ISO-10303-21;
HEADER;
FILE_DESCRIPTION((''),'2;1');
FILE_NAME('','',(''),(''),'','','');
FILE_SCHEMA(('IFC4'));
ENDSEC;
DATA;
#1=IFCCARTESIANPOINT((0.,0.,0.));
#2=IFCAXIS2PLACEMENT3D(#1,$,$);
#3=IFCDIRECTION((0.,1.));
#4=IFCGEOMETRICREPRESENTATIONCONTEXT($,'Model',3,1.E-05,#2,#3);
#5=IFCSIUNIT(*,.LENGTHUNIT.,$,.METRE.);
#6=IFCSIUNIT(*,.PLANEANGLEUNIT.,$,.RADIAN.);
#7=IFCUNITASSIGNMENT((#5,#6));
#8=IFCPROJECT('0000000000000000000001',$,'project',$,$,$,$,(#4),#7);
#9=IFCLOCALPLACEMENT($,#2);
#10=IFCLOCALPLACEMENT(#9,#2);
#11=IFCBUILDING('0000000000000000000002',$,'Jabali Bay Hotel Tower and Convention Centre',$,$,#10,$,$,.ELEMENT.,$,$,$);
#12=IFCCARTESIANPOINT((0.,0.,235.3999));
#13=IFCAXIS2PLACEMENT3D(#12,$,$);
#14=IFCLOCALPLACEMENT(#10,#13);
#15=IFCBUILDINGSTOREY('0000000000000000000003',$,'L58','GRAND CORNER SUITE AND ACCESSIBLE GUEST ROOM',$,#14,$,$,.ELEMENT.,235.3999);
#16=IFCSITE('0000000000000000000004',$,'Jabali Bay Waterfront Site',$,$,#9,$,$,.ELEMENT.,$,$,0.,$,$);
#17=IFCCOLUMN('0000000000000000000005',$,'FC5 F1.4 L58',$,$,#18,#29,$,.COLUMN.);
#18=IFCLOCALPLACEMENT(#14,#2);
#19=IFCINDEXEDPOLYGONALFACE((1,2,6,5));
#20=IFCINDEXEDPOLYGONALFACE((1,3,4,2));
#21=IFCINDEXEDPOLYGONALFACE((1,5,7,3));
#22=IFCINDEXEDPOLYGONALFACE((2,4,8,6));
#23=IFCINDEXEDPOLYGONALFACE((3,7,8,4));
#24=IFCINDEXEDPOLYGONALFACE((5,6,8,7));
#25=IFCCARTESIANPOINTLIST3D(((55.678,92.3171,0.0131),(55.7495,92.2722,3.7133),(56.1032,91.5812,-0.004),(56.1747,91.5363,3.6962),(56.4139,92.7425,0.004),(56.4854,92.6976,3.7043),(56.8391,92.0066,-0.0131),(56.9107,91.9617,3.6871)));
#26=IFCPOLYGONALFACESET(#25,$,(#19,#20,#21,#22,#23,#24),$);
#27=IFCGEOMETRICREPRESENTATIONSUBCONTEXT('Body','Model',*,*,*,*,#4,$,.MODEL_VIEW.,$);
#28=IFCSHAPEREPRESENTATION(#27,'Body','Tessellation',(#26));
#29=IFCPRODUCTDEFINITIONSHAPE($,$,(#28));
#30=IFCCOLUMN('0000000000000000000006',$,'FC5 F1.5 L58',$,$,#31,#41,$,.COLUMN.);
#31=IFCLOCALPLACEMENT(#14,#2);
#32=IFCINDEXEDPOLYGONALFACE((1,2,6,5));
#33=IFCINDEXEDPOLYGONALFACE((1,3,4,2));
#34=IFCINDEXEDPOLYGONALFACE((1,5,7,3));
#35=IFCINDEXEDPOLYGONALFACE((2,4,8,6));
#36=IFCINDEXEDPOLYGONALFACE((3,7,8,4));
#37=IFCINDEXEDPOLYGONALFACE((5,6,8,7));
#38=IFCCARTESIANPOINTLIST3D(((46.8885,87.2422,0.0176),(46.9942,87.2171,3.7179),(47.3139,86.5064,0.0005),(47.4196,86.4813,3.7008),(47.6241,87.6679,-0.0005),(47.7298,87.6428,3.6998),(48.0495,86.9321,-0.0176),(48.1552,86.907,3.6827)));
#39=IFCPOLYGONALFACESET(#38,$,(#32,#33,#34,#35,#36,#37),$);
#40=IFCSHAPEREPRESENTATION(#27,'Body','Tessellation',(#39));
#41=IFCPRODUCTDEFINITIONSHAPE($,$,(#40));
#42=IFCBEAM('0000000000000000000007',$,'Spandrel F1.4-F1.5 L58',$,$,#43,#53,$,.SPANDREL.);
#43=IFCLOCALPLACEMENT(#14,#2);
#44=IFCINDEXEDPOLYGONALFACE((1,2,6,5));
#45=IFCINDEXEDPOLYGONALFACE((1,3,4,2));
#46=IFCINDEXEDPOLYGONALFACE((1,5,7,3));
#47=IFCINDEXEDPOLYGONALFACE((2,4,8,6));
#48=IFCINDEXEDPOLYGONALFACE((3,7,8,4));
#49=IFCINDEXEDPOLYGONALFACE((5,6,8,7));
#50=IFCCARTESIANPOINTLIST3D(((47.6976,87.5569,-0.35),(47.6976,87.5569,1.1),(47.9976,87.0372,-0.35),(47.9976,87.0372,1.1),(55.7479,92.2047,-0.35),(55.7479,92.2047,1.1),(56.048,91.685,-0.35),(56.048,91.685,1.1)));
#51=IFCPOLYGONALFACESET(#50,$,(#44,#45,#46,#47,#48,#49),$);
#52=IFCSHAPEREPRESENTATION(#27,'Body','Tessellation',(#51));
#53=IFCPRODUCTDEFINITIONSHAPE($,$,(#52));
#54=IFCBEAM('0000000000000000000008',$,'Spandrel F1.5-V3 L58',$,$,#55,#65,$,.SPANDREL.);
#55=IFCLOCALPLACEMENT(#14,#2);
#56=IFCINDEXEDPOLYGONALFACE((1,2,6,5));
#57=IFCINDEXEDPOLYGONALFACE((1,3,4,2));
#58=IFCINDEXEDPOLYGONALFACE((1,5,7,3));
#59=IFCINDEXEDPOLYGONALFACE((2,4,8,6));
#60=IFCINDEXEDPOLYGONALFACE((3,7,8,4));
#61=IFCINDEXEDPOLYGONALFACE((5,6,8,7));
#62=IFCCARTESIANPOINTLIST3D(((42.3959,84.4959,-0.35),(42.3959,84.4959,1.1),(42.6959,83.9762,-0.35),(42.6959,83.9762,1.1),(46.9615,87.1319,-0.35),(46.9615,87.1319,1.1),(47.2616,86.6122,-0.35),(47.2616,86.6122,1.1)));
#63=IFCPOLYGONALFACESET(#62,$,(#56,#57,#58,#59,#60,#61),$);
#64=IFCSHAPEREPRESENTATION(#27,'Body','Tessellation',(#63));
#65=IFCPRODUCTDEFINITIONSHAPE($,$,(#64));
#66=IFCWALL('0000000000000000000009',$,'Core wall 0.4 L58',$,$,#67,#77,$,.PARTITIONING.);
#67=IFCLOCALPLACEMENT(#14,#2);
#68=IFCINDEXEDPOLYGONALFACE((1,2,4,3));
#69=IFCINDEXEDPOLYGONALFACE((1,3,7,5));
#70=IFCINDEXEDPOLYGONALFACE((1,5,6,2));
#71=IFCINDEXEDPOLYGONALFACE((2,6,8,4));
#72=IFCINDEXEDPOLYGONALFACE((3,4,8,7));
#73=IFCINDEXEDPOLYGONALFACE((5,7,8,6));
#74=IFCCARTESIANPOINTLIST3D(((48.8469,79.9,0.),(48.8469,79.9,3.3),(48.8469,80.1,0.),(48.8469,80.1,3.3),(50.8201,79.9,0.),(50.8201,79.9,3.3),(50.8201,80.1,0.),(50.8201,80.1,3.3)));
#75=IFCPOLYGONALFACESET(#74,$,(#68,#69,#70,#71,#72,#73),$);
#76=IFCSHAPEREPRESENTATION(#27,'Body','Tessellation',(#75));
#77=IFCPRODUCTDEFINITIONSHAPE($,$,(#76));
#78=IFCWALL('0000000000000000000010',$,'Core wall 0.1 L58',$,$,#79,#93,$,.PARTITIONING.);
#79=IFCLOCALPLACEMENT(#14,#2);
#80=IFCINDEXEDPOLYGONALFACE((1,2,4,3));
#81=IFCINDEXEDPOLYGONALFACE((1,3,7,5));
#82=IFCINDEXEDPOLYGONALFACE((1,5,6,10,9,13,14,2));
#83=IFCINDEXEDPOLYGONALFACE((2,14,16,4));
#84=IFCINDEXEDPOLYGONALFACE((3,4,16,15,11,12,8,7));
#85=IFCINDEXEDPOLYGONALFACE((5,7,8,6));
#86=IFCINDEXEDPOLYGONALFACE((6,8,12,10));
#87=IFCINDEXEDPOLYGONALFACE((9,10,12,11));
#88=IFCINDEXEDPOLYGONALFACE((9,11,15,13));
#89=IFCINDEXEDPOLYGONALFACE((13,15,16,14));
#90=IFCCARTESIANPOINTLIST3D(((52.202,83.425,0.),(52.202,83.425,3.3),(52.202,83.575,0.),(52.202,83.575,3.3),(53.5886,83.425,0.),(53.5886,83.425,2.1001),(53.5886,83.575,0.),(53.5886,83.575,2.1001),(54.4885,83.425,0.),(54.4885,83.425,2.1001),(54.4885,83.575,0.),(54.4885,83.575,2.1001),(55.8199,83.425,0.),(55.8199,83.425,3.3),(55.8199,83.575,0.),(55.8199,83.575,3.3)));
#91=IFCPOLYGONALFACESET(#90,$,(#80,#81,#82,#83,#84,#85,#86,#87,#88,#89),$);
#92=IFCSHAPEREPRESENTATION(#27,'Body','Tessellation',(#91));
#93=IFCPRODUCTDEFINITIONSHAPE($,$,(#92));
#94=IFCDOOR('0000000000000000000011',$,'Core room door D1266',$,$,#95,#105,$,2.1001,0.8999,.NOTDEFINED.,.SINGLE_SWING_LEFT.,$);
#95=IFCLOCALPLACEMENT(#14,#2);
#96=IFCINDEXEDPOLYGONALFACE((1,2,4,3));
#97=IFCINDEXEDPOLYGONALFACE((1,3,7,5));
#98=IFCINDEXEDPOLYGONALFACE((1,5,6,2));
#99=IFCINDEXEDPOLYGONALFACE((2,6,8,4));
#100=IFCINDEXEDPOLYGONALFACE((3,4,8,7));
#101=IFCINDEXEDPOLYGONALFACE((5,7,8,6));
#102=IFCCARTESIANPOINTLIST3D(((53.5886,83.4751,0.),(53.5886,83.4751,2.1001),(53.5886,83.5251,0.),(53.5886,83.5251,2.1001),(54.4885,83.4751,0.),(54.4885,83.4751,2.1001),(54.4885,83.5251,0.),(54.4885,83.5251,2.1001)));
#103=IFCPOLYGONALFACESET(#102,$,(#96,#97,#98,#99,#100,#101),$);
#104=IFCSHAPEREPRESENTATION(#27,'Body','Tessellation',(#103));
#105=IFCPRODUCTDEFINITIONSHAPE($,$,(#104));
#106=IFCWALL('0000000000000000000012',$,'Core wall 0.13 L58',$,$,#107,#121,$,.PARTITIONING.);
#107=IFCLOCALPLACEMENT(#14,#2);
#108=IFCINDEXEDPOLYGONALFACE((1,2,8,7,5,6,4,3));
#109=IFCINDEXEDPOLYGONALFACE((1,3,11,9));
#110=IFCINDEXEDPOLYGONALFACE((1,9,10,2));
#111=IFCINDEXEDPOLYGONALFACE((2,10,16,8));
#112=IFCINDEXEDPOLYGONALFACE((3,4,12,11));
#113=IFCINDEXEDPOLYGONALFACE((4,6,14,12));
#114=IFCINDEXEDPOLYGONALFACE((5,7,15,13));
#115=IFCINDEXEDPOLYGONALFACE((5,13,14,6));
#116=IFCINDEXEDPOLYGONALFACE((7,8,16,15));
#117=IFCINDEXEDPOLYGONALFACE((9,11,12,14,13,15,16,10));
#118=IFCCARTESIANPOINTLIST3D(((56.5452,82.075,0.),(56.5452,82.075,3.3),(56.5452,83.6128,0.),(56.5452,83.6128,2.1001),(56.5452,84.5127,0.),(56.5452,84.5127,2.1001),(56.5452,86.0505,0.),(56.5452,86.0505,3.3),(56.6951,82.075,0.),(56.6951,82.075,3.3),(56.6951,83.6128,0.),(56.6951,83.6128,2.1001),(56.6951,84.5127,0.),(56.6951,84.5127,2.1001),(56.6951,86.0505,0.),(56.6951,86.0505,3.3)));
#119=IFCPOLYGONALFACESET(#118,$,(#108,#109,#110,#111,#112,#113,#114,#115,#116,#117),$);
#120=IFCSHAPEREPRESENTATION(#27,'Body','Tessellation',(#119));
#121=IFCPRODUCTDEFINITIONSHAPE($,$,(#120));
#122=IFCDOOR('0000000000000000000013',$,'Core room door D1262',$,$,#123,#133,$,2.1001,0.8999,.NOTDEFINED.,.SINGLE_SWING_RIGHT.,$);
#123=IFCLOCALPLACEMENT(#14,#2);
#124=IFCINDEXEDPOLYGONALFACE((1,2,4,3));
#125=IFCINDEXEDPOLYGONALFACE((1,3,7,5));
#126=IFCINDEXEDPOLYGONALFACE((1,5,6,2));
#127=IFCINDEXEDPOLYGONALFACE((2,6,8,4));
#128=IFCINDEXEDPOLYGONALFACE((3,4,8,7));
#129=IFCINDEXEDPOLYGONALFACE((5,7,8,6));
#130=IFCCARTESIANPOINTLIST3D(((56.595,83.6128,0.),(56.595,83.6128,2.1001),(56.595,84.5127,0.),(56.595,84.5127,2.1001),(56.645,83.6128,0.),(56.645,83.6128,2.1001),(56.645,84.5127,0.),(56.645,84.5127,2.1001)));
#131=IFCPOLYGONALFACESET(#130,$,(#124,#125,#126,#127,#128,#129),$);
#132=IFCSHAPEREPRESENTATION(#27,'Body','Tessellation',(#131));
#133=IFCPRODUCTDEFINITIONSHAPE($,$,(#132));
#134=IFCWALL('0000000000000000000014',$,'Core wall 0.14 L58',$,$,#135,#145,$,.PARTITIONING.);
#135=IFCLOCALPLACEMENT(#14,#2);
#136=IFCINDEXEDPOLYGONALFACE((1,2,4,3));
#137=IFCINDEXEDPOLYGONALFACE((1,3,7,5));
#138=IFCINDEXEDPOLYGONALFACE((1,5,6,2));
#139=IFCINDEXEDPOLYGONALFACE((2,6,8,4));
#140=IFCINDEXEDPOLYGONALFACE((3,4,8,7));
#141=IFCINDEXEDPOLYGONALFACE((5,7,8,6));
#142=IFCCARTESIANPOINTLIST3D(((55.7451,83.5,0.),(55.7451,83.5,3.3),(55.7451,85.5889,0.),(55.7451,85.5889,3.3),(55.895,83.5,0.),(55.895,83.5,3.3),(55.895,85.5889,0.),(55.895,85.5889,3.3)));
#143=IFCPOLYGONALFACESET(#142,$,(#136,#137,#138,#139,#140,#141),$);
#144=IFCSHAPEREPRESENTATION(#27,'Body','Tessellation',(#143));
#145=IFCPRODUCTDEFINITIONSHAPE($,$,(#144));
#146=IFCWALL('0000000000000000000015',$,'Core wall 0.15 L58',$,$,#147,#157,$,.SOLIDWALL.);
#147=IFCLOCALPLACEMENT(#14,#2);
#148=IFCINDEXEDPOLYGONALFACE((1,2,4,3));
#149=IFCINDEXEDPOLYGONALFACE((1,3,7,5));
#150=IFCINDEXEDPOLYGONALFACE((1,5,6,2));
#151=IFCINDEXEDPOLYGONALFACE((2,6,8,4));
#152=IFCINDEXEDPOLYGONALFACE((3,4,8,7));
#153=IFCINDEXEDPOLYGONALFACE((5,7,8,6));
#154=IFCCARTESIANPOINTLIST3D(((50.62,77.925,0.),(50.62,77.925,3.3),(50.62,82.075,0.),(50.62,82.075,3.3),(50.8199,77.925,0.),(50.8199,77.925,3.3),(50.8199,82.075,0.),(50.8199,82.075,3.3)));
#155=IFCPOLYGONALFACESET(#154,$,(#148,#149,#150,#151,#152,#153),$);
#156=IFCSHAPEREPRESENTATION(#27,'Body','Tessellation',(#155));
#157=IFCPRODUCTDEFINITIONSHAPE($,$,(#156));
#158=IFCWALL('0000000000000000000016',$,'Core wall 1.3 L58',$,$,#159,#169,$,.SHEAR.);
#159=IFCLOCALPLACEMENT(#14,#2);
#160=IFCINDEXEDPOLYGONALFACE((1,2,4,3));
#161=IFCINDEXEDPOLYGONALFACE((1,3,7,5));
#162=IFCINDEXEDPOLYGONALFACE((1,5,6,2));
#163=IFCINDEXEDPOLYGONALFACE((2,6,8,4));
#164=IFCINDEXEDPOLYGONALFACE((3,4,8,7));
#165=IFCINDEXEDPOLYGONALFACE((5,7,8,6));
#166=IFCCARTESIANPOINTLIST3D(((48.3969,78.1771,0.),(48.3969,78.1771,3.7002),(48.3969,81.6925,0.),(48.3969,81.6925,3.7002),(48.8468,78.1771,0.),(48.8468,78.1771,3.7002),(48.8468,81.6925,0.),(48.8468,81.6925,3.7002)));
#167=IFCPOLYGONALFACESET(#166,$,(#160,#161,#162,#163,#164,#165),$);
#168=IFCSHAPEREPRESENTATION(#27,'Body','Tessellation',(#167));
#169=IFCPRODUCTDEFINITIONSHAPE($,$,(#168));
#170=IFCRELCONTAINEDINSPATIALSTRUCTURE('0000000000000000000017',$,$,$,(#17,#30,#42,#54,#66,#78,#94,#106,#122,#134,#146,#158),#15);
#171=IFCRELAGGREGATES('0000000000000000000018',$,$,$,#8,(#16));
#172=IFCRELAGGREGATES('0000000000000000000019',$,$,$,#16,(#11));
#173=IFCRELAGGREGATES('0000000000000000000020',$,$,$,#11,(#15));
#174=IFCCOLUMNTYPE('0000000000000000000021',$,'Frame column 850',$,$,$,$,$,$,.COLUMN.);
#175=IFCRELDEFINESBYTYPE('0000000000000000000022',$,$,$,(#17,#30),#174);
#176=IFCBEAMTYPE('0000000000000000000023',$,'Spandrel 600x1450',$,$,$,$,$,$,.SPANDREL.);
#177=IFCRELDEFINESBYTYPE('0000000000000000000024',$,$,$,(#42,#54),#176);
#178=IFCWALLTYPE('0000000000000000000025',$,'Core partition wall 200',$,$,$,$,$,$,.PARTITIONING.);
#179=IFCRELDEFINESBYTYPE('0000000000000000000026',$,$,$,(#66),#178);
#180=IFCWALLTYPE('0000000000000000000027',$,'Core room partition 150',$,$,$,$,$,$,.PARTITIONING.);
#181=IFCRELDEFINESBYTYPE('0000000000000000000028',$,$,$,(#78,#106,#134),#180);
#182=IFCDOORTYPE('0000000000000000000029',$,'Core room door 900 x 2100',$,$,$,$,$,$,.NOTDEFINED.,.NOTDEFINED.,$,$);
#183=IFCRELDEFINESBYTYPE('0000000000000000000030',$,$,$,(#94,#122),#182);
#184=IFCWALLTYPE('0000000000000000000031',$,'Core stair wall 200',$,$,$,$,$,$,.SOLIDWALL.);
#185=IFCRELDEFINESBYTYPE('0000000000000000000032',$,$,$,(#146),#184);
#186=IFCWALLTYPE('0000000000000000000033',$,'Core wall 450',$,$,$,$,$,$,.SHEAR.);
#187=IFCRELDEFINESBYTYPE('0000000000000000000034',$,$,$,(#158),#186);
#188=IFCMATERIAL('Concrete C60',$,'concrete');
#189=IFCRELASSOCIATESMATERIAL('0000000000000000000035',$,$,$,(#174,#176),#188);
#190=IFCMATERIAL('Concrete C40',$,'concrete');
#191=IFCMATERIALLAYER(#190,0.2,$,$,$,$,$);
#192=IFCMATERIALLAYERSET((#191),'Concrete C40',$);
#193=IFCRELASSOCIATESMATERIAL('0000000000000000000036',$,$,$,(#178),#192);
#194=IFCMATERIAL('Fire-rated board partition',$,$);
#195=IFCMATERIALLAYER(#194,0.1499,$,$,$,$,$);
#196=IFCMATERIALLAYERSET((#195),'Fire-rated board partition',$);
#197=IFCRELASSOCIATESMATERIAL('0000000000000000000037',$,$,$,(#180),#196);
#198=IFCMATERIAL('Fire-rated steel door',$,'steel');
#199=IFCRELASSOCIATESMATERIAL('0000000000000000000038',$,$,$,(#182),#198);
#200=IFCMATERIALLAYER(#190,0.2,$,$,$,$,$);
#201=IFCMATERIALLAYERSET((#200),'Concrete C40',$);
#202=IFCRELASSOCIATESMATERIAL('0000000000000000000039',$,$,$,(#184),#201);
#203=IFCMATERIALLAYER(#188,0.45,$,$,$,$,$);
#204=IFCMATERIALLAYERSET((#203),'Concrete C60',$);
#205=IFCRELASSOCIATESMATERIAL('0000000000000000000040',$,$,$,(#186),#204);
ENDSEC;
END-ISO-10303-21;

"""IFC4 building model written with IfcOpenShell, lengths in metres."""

from ifc_helpers import new_model, si_unit, direction, frame, frame_2d, origin, origin_2d, place, context, subcontext, project, spatial, rectangle, extrude, material, layer, layer_set, material_profile, profile_set, type_object, element, fill, save


model = new_model("IFC4")

# Units and contexts
model_context = context("Model", 3, precision=1e-05, world=origin(), true_north=direction((0.0, 1.0)))
body_context = subcontext(model_context, "Body", "Model", "MODEL_VIEW")
ifc_project = project(units=[si_unit("LENGTHUNIT", "METRE"), si_unit("PLANEANGLEUNIT", "RADIAN")], contexts=[model_context])

# Site, building, storey
site_placement = place(None, origin())
site = spatial("IfcSite", under=ifc_project, at=site_placement, Name="Jabali Bay Waterfront Site", CompositionType="ELEMENT", RefElevation=0.0)
building_placement = place(site_placement, origin())
building = spatial("IfcBuilding", under=site, at=building_placement, Name="Jabali Bay Hotel Tower and Convention Centre", CompositionType="ELEMENT")
storey_placement = place(building_placement, frame((0.0, 0.0, 235.3999)))
storey = spatial("IfcBuildingStorey", under=building, at=storey_placement, Name="L58", Description="GRAND CORNER SUITE AND ACCESSIBLE GUEST ROOM", CompositionType="ELEMENT", Elevation=235.3999)

# Columns
ifc_material_1 = material(Name="Concrete C60", Category="concrete")
ifc_material_profile_1 = material_profile(ifc_material_1, rectangle(XDim=0.8501, YDim=0.8501, at=origin_2d()), Name="Frame column 850")
ifc_profile_set_1 = profile_set([ifc_material_profile_1], Name="Concrete C60")
column_type = type_object("IfcColumnType", Name="Frame column 850", PredefinedType="COLUMN", material=ifc_profile_set_1)
column_1_placement = place(storey_placement, frame((56.2585, 92.1619, 0.0), z_axis=(0.019327, -0.012137, 0.99974), x_axis=(-0.500214, 0.865666, 0.02018)))
element("IfcColumn", 1, at=column_1_placement, inside=storey, type_object=column_type, Name="FC5 F1.4 L58", PredefinedType="COLUMN", context=body_context, shape_type="SweptSolid", body=[
    extrude(rectangle(XDim=0.8501, YDim=0.8501, at=origin_2d()), origin(), (0.0, 0.0, 1.0), 3.7012),
])
column_2_placement = place(storey_placement, frame((47.469, 87.0872, 0.0), z_axis=(0.028557, -0.006793, 0.999569), x_axis=(-0.500408, 0.865555, 0.020179)))
element("IfcColumn", 2, at=column_2_placement, inside=storey, type_object=column_type, Name="FC5 F1.5 L58", PredefinedType="COLUMN", context=body_context, shape_type="SweptSolid", body=[
    extrude(rectangle(XDim=0.8501, YDim=0.8501, at=origin_2d()), origin(), (0.0, 0.0, 1.0), 3.7019),
])

# Beams
ifc_material_profile_2 = material_profile(ifc_material_1, rectangle(XDim=0.6001, YDim=1.45, at=origin_2d()), Name="Spandrel 600x1450")
ifc_profile_set_2 = profile_set([ifc_material_profile_2], Name="Concrete C60")
beam_type = type_object("IfcBeamType", Name="Spandrel 600x1450", PredefinedType="SPANDREL", material=ifc_profile_set_2)
beam_1_placement = place(storey_placement, frame((55.8979, 91.9448, 0.375), z_axis=(-0.866032, -0.499989, 0.0), x_axis=(0.499989, -0.866032, 0.0)))
element("IfcBeam", 3, at=beam_1_placement, inside=storey, type_object=beam_type, Name="Spandrel F1.4-F1.5 L58", PredefinedType="SPANDREL", context=body_context, shape_type="SweptSolid", body=[
    extrude(rectangle(XDim=0.6001, YDim=1.45, at=origin_2d()), origin(), (0.0, 0.0, 1.0), 9.2957),
])
beam_2_placement = place(storey_placement, frame((47.1116, 86.8721, 0.375), z_axis=(-0.866026, -0.499999, 0.0), x_axis=(0.499999, -0.866026, 0.0)))
element("IfcBeam", 4, at=beam_2_placement, inside=storey, type_object=beam_type, Name="Spandrel F1.5-V3 L58", PredefinedType="SPANDREL", context=body_context, shape_type="SweptSolid", body=[
    extrude(rectangle(XDim=0.6001, YDim=1.45, at=origin_2d()), origin(), (0.0, 0.0, 1.0), 5.272),
])

# Wall
ifc_material_2 = material(Name="Concrete C40", Category="concrete")
ifc_layer_1 = layer(ifc_material_2, 0.2)
ifc_layer_set_1 = layer_set([ifc_layer_1], Name="Concrete C40")
wall_type_1 = type_object("IfcWallType", Name="Core partition wall 200", PredefinedType="PARTITIONING", material=ifc_layer_set_1)
wall_1_placement = place(storey_placement, frame((50.8201, 80.0, 0.0), z_axis=(0.0, 0.0, 1.0), x_axis=(-1.0, 0.0, 0.0)))
element("IfcWall", 5, at=wall_1_placement, inside=storey, type_object=wall_type_1, Name="Core wall 0.4 L58", PredefinedType="PARTITIONING", context=body_context, shape_type="SweptSolid", body=[
    extrude(rectangle(XDim=1.9731, YDim=0.2, at=frame_2d((0.9866, 0.0))), origin(), (0.0, 0.0, 1.0), 3.3),
])

# Walls, openings, doors
ifc_material_3 = material(Name="Fire-rated board partition")
ifc_layer_2 = layer(ifc_material_3, 0.1499)
ifc_layer_set_2 = layer_set([ifc_layer_2], Name="Fire-rated board partition")
wall_type_2 = type_object("IfcWallType", Name="Core room partition 150", PredefinedType="PARTITIONING", material=ifc_layer_set_2)
wall_2_placement = place(storey_placement, frame((55.8201, 83.5, 0.0), z_axis=(0.0, 0.0, 1.0), x_axis=(-1.0, 0.0, 0.0)))
wall_2 = element("IfcWall", 6, at=wall_2_placement, inside=storey, type_object=wall_type_2, Name="Core wall 0.1 L58", PredefinedType="PARTITIONING", context=body_context, shape_type="SweptSolid", body=[
    extrude(rectangle(XDim=3.6179, YDim=0.1499, at=frame_2d((1.8091, 0.0))), origin(), (0.0, 0.0, 1.0), 3.3),
])
opening_1_placement = place(wall_2_placement, frame((1.3315, 0.0, 0.0)))
opening_1 = element("IfcOpeningElement", 7, at=opening_1_placement, cuts=wall_2, PredefinedType="OPENING", context=body_context, shape_type="SweptSolid", body=[
    extrude(rectangle(XDim=0.8999, YDim=2.1001, at=frame_2d((0.45, 1.05))), frame((0.0, 0.0854, 0.0), z_axis=(0.0, -1.0, 0.0), x_axis=(1.0, 0.0, 0.0)), (0.0, 0.0, 1.0), 0.1709),
])
ifc_material_4 = material(Name="Fire-rated steel door", Category="steel")
door_type = type_object("IfcDoorType", Name="Core room door 900 x 2100", OperationType="NOTDEFINED", PredefinedType="NOTDEFINED", material=ifc_material_4)
door_1_placement = place(opening_1_placement, origin())
door_1 = element("IfcDoor", 8, at=door_1_placement, inside=storey, type_object=door_type, Name="Core room door D1266", OperationType="SINGLE_SWING_LEFT", OverallHeight=2.1001, OverallWidth=0.8999, PredefinedType="NOTDEFINED", context=body_context, shape_type="SweptSolid", body=[
    extrude(rectangle(XDim=0.8999, YDim=2.1001, at=frame_2d((0.45, 1.05))), frame((0.0, 0.0249, 0.0), z_axis=(0.0, -1.0, 0.0), x_axis=(1.0, 0.0, 0.0)), (0.0, 0.0, 1.0), 0.05),
])
fill(opening_1, door_1)
wall_3_placement = place(storey_placement, frame((56.6201, 86.0505, 0.0), z_axis=(0.0, 0.0, 1.0), x_axis=(0.0, -1.0, 0.0)))
wall_3 = element("IfcWall", 9, at=wall_3_placement, inside=storey, type_object=wall_type_2, Name="Core wall 0.13 L58", PredefinedType="PARTITIONING", context=body_context, shape_type="SweptSolid", body=[
    extrude(rectangle(XDim=3.9756, YDim=0.1499, at=frame_2d((1.9878, 0.0))), origin(), (0.0, 0.0, 1.0), 3.3),
])
opening_2_placement = place(wall_3_placement, frame((1.5378, 0.0, 0.0)))
opening_2 = element("IfcOpeningElement", 10, at=opening_2_placement, cuts=wall_3, PredefinedType="OPENING", context=body_context, shape_type="SweptSolid", body=[
    extrude(rectangle(XDim=0.8999, YDim=2.1001, at=frame_2d((0.45, 1.05))), frame((0.0, 0.0854, 0.0), z_axis=(0.0, -1.0, 0.0), x_axis=(1.0, 0.0, 0.0)), (0.0, 0.0, 1.0), 0.1709),
])
door_2_placement = place(opening_2_placement, origin())
door_2 = element("IfcDoor", 11, at=door_2_placement, inside=storey, type_object=door_type, Name="Core room door D1262", OperationType="SINGLE_SWING_RIGHT", OverallHeight=2.1001, OverallWidth=0.8999, PredefinedType="NOTDEFINED", context=body_context, shape_type="SweptSolid", body=[
    extrude(rectangle(XDim=0.8999, YDim=2.1001, at=frame_2d((0.45, 1.05))), frame((0.0, 0.0249, 0.0), z_axis=(0.0, -1.0, 0.0), x_axis=(1.0, 0.0, 0.0)), (0.0, 0.0, 1.0), 0.05),
])
fill(opening_2, door_2)

# Walls
wall_4_placement = place(storey_placement, frame((55.8201, 85.5889, 0.0), z_axis=(0.0, 0.0, 1.0), x_axis=(0.0, -1.0, 0.0)))
element("IfcWall", 12, at=wall_4_placement, inside=storey, type_object=wall_type_2, Name="Core wall 0.14 L58", PredefinedType="PARTITIONING", context=body_context, shape_type="SweptSolid", body=[
    extrude(rectangle(XDim=2.0889, YDim=0.1499, at=frame_2d((1.0444, 0.0))), origin(), (0.0, 0.0, 1.0), 3.3),
])
ifc_layer_3 = layer(ifc_material_2, 0.2)
ifc_layer_set_3 = layer_set([ifc_layer_3], Name="Concrete C40")
wall_type_3 = type_object("IfcWallType", Name="Core stair wall 200", PredefinedType="SOLIDWALL", material=ifc_layer_set_3)
wall_5_placement = place(storey_placement, frame((50.72, 82.075, 0.0), z_axis=(0.0, 0.0, 1.0), x_axis=(0.0, -1.0, 0.0)))
element("IfcWall", 13, at=wall_5_placement, inside=storey, type_object=wall_type_3, Name="Core wall 0.15 L58", PredefinedType="SOLIDWALL", context=body_context, shape_type="SweptSolid", body=[
    extrude(rectangle(XDim=4.1499, YDim=0.2, at=frame_2d((2.075, 0.0))), origin(), (0.0, 0.0, 1.0), 3.3),
])
ifc_layer_4 = layer(ifc_material_1, 0.45)
ifc_layer_set_4 = layer_set([ifc_layer_4], Name="Concrete C60")
wall_type_4 = type_object("IfcWallType", Name="Core wall 450", PredefinedType="SHEAR", material=ifc_layer_set_4)
wall_6_placement = place(storey_placement, frame((48.6218, 81.6926, 0.0), z_axis=(0.0, 0.0, 1.0), x_axis=(0.0, -1.0, 0.0)))
element("IfcWall", 14, at=wall_6_placement, inside=storey, type_object=wall_type_4, Name="Core wall 1.3 L58", PredefinedType="SHEAR", context=body_context, shape_type="SweptSolid", body=[
    extrude(rectangle(XDim=3.5154, YDim=0.45, at=frame_2d((1.7578, 0.0))), origin(), (0.0, 0.0, 1.0), 3.7002),
])

save(model, "model.ifc")
